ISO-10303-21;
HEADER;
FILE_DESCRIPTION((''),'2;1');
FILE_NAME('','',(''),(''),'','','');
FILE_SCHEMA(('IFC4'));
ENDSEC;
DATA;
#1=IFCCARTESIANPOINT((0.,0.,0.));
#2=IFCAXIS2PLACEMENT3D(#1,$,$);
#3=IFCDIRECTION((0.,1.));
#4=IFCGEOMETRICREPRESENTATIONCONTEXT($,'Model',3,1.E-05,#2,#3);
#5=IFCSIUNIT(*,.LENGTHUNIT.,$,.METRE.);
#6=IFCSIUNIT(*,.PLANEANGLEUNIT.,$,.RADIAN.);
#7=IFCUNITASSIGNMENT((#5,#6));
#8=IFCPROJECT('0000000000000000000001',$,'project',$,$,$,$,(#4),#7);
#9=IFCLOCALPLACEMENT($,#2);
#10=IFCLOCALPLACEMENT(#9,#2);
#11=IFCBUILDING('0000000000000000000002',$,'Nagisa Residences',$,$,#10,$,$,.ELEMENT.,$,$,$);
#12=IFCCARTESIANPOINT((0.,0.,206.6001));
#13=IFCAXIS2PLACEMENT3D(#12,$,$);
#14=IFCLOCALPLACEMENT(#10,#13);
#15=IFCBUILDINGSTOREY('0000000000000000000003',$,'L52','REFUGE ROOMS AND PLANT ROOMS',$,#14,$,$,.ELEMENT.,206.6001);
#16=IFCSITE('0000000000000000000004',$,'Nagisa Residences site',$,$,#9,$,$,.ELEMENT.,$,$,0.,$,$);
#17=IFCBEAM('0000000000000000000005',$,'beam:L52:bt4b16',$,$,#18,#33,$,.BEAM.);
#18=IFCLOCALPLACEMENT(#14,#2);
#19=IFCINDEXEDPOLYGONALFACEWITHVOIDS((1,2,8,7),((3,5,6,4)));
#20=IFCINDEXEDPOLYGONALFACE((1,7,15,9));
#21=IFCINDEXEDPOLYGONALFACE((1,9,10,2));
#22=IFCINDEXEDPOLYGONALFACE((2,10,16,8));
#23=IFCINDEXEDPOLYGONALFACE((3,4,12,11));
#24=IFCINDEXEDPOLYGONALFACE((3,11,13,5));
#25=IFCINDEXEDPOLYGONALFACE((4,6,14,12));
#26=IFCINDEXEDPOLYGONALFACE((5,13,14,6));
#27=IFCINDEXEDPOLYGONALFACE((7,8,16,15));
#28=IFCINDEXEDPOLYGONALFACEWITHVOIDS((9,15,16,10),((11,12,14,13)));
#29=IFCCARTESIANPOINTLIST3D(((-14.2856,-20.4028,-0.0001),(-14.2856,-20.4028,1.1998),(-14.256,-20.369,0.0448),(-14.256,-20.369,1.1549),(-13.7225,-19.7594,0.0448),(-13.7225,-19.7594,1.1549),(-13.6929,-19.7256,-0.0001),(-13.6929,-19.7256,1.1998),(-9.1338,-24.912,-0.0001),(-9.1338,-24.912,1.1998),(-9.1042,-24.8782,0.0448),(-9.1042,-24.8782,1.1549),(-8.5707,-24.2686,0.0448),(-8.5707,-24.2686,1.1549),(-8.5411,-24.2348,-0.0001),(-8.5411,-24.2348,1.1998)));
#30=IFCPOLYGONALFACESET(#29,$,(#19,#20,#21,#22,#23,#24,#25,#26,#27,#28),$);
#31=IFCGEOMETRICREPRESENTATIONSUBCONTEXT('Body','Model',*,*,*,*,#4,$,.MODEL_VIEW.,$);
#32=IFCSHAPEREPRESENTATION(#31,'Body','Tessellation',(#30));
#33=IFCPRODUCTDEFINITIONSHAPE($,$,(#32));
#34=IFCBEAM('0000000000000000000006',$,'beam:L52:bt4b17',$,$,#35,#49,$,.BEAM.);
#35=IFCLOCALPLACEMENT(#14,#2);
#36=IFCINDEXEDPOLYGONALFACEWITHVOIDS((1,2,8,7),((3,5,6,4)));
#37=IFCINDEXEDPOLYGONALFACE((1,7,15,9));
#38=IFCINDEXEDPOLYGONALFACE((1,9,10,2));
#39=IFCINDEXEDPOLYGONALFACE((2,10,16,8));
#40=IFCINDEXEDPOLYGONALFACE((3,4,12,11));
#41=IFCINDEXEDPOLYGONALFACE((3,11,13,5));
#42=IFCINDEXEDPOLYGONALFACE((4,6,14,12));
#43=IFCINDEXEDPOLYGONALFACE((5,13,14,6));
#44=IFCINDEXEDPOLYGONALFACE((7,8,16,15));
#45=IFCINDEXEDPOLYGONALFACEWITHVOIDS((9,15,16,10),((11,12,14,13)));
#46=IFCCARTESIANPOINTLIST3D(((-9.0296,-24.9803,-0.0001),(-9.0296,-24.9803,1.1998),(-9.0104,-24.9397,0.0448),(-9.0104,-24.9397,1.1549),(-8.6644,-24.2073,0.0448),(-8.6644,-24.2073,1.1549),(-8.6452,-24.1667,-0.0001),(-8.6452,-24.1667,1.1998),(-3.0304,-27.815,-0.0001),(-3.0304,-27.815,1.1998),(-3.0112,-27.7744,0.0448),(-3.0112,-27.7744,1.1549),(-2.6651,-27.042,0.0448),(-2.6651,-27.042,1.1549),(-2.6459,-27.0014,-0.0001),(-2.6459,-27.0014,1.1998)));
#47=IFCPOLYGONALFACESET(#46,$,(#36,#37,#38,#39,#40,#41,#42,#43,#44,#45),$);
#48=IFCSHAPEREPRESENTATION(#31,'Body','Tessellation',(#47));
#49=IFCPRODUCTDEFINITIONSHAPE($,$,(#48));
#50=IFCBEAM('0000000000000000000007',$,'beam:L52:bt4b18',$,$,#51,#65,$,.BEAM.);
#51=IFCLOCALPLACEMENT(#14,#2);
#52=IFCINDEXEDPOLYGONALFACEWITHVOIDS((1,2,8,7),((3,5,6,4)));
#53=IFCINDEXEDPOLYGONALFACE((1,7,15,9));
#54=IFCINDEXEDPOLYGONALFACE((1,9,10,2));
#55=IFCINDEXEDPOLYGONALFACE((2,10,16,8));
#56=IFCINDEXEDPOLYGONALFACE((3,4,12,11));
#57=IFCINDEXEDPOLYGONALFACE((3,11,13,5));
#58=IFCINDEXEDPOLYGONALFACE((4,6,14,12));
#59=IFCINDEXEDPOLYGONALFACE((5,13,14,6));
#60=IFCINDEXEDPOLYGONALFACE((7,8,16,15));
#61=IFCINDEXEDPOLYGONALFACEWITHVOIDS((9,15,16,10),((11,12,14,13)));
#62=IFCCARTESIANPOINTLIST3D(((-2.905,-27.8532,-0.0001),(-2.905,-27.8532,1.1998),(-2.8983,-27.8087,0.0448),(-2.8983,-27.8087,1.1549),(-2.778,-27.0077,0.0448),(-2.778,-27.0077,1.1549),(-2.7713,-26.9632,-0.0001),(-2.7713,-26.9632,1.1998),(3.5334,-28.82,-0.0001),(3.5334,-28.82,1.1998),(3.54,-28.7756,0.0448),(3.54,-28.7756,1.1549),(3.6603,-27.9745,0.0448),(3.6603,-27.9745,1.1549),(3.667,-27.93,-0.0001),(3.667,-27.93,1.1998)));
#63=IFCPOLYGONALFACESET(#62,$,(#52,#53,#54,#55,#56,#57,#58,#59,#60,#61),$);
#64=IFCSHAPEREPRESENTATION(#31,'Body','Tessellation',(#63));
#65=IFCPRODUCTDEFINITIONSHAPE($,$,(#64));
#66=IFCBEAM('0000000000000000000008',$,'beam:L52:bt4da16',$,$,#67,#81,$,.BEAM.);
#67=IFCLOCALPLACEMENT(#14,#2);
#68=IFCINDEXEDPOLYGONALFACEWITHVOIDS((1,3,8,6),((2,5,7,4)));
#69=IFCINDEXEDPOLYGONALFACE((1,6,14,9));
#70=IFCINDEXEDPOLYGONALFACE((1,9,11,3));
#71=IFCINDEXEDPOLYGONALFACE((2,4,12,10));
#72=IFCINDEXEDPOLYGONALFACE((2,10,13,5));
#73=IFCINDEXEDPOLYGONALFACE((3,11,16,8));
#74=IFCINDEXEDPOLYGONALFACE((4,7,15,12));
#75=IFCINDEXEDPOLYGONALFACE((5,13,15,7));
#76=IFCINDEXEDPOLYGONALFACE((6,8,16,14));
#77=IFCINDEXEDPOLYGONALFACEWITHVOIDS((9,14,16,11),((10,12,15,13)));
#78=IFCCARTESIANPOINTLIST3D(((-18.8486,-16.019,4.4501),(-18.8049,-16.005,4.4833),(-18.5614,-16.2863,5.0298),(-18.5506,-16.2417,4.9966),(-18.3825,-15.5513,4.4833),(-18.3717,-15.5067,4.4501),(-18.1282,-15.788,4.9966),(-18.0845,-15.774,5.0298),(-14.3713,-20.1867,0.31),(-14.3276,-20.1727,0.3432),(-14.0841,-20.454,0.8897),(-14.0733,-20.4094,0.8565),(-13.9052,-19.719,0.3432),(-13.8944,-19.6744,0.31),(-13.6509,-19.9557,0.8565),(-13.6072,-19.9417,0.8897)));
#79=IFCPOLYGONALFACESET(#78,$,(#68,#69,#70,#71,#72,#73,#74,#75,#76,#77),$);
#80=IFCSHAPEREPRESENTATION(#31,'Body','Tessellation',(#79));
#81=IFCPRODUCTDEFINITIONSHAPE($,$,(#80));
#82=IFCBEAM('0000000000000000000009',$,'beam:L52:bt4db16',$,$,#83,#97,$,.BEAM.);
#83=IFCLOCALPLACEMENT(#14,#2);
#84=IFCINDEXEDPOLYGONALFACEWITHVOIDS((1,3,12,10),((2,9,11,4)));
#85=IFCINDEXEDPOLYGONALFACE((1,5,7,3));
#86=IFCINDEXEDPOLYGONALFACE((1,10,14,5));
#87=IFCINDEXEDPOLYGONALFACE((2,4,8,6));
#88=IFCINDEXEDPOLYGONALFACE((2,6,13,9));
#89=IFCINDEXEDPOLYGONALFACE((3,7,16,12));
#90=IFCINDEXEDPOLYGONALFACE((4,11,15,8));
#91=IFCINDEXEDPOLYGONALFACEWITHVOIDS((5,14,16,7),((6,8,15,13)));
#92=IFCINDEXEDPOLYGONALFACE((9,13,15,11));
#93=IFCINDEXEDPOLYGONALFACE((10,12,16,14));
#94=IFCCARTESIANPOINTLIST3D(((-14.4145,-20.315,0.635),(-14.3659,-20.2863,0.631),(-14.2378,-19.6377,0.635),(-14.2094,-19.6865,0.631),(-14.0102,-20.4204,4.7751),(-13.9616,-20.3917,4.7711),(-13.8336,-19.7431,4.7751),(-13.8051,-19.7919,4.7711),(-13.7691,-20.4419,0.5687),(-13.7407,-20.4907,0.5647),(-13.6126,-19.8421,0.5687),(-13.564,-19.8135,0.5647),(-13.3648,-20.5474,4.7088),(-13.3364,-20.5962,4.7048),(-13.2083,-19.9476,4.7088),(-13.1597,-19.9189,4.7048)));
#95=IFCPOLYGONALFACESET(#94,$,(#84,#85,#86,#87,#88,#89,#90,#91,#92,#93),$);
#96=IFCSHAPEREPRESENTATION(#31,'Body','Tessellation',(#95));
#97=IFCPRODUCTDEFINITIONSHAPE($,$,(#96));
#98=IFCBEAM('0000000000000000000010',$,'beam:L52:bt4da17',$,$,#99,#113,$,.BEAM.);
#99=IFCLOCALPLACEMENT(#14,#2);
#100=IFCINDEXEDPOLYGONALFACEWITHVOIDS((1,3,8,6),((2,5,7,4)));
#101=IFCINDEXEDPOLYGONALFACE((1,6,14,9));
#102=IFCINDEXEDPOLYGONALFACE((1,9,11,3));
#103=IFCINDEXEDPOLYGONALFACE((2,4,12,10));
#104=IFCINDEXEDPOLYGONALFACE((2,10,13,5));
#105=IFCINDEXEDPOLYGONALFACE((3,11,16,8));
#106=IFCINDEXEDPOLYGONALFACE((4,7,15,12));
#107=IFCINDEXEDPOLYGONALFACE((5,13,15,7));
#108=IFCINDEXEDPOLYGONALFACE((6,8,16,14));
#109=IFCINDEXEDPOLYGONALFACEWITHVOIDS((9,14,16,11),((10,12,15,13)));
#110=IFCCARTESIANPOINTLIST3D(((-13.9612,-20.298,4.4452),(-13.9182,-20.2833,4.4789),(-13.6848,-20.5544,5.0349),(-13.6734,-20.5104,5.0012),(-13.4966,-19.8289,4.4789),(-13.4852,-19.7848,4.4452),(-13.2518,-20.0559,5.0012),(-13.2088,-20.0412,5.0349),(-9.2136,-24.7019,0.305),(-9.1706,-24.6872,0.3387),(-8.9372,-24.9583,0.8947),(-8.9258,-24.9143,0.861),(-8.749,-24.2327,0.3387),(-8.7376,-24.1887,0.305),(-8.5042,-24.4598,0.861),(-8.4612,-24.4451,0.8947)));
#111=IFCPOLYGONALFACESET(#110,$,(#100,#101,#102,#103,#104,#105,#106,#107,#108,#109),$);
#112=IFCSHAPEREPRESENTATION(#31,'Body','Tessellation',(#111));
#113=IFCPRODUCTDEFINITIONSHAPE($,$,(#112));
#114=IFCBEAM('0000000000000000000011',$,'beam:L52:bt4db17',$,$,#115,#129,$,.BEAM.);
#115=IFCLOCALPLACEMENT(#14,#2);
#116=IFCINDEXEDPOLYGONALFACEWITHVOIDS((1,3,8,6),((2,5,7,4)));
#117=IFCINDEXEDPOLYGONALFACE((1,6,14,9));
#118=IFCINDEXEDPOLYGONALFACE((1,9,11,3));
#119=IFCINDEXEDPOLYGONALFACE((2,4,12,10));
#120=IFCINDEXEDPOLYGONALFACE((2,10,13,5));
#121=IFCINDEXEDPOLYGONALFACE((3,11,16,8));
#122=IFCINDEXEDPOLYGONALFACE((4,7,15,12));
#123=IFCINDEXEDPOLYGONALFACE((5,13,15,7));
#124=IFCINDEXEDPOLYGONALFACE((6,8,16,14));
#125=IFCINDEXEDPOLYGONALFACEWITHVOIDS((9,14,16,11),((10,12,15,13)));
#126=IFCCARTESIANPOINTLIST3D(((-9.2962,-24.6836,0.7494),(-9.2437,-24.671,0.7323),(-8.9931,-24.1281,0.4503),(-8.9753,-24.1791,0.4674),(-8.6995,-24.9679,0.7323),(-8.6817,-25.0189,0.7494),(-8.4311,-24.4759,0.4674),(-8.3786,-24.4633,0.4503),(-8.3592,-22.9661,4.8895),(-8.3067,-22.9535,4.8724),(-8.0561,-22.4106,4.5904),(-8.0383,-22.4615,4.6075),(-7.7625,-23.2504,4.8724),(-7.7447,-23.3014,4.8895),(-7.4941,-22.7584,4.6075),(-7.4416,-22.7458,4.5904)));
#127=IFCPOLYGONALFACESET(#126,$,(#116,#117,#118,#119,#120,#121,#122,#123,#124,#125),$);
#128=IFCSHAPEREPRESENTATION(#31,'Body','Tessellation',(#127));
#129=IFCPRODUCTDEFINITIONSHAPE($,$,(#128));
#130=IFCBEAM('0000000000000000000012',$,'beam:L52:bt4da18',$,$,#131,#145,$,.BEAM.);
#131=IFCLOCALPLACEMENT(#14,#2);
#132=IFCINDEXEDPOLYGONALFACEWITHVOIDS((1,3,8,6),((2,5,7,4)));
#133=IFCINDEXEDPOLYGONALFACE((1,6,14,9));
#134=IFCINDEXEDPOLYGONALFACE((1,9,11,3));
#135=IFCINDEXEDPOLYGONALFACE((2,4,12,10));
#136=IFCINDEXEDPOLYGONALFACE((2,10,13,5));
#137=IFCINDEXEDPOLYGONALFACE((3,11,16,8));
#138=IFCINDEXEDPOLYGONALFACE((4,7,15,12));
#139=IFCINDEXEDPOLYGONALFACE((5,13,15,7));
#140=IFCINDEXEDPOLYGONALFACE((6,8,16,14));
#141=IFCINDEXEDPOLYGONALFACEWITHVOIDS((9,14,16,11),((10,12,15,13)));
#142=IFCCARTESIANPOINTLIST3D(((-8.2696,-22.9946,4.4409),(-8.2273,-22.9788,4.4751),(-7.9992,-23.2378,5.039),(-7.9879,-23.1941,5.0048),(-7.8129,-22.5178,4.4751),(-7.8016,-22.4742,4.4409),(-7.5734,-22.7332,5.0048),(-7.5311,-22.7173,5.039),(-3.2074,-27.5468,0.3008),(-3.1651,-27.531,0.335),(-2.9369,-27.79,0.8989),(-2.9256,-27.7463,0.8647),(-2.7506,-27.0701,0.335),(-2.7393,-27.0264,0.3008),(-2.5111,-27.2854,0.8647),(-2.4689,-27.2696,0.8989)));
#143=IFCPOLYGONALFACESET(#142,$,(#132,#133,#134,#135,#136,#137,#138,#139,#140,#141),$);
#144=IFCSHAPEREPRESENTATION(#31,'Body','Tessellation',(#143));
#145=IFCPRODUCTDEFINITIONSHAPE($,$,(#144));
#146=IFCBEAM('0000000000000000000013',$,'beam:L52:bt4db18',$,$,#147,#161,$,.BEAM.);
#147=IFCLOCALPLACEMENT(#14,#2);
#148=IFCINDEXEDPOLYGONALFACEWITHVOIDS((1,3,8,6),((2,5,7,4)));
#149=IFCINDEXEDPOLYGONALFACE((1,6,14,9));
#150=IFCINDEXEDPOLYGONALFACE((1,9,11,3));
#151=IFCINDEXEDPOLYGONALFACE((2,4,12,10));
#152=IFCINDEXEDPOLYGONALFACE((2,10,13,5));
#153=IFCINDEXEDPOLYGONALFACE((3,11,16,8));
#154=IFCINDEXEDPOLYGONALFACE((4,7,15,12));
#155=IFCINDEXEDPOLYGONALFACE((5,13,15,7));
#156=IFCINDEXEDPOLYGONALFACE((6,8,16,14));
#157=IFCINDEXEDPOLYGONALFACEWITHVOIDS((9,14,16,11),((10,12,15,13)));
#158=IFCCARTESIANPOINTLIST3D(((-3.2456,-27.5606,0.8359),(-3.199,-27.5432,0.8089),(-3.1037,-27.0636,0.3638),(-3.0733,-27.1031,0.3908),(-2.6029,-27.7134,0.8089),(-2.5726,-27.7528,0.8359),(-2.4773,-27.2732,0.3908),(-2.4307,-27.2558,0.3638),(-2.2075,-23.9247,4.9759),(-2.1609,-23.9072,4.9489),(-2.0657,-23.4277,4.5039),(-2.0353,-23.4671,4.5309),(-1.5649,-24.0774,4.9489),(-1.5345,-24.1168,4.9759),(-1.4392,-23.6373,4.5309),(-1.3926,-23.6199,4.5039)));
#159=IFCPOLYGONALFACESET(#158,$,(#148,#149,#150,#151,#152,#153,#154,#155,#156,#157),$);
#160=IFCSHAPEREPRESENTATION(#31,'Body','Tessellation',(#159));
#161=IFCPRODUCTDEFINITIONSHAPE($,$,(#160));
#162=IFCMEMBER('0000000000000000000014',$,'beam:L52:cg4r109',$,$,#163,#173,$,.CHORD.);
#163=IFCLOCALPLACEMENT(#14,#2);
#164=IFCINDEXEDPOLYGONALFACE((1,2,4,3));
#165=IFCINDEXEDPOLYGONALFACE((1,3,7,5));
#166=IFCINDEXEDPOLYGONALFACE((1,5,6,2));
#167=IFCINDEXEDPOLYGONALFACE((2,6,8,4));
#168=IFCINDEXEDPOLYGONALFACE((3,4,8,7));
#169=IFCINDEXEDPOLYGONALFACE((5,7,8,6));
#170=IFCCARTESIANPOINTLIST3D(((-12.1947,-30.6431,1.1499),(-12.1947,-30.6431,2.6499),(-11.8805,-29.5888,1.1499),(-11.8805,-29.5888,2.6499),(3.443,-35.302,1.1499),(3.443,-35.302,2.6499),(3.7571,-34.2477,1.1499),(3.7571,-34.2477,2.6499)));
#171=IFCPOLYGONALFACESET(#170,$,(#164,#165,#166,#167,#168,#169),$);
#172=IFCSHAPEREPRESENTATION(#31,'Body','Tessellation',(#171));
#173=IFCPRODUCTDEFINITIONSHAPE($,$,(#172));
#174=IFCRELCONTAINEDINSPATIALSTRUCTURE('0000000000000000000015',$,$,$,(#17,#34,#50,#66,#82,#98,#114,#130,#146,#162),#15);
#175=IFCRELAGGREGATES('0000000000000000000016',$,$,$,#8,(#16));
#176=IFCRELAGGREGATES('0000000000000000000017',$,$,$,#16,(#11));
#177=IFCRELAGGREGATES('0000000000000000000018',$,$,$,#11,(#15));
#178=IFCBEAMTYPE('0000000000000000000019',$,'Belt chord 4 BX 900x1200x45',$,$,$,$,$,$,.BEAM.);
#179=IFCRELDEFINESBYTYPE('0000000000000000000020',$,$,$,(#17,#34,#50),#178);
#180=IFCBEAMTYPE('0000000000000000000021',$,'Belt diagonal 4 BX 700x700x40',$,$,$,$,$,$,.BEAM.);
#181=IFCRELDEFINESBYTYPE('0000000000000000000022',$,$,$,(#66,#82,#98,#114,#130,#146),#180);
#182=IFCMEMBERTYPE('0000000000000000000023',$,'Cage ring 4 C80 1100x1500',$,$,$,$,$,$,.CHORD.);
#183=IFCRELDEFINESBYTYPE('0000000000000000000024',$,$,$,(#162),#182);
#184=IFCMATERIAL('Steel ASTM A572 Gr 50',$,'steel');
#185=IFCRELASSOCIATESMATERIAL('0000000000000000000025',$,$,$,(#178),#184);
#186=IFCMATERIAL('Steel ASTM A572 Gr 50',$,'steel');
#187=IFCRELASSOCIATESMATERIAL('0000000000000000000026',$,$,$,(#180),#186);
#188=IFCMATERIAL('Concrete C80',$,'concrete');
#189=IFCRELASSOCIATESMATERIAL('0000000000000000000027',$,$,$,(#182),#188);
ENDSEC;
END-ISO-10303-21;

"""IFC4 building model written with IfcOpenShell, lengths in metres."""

from ifc_helpers import new_model, si_unit, direction, frame, origin, origin_2d, place, context, subcontext, project, spatial, rectangle, hollow_rectangle, extrude, material, material_profile, profile_set, type_object, element, save


model = new_model("IFC4")

# Units and contexts
model_context = context("Model", 3, precision=1e-05, world=origin(), true_north=direction((0.0, 1.0)))
body_context = subcontext(model_context, "Body", "Model", "MODEL_VIEW")
ifc_project = project(units=[si_unit("LENGTHUNIT", "METRE"), si_unit("PLANEANGLEUNIT", "RADIAN")], contexts=[model_context])

# Site, building, storey
site_placement = place(None, origin())
site = spatial("IfcSite", under=ifc_project, at=site_placement, Name="Nagisa Residences site", CompositionType="ELEMENT", RefElevation=0.0)
building_placement = place(site_placement, origin())
building = spatial("IfcBuilding", under=site, at=building_placement, Name="Nagisa Residences", CompositionType="ELEMENT")
storey_placement = place(building_placement, frame((0.0, 0.0, 206.6001)))
storey = spatial("IfcBuildingStorey", under=building, at=storey_placement, Name="L52", Description="REFUGE ROOMS AND PLANT ROOMS", CompositionType="ELEMENT", Elevation=206.6001)

# Beams
ifc_material_1 = material(Name="Steel ASTM A572 Gr 50", Category="steel")
ifc_material_profile_1 = material_profile(ifc_material_1, hollow_rectangle(XDim=0.8999, YDim=1.2, WallThickness=0.0449, at=origin_2d()), Name="BX 900x1200x45")
ifc_profile_set_1 = profile_set([ifc_material_profile_1], Name="Steel ASTM A572 Gr 50")
beam_type_1 = type_object("IfcBeamType", Name="Belt chord 4 BX 900x1200x45", PredefinedType="BEAM", material=ifc_profile_set_1)
beam_1_placement = place(storey_placement, frame((-13.9893, -20.0642, 0.5999), z_axis=(0.752475, -0.658621, 0.0), x_axis=(0.658621, 0.752475, 0.0)))
element("IfcBeam", 1, at=beam_1_placement, inside=storey, type_object=beam_type_1, Name="beam:L52:bt4b16", PredefinedType="BEAM", context=body_context, shape_type="SweptSolid", body=[
    extrude(hollow_rectangle(XDim=0.8999, YDim=1.2, WallThickness=0.0449, at=origin_2d()), origin(), (0.0, 0.0, 1.0), 6.8464),
])
beam_2_placement = place(storey_placement, frame((-8.8374, -24.5735, 0.5999), z_axis=(0.904148, -0.427219, 0.0), x_axis=(0.427219, 0.904148, 0.0)))
element("IfcBeam", 2, at=beam_2_placement, inside=storey, type_object=beam_type_1, Name="beam:L52:bt4b17", PredefinedType="BEAM", context=body_context, shape_type="SweptSolid", body=[
    extrude(hollow_rectangle(XDim=0.8999, YDim=1.2, WallThickness=0.0449, at=origin_2d()), origin(), (0.0, 0.0, 1.0), 6.6353),
])
beam_3_placement = place(storey_placement, frame((-2.8381, -27.4082, 0.5999), z_axis=(0.988912, -0.1485, 0.0), x_axis=(0.1485, 0.988912, 0.0)))
element("IfcBeam", 3, at=beam_3_placement, inside=storey, type_object=beam_type_1, Name="beam:L52:bt4b18", PredefinedType="BEAM", context=body_context, shape_type="SweptSolid", body=[
    extrude(hollow_rectangle(XDim=0.8999, YDim=1.2, WallThickness=0.0449, at=origin_2d()), origin(), (0.0, 0.0, 1.0), 6.5105),
])
ifc_material_2 = material(Name="Steel ASTM A572 Gr 50", Category="steel")
ifc_material_profile_2 = material_profile(ifc_material_2, hollow_rectangle(XDim=0.7, YDim=0.7, WallThickness=0.04, at=origin_2d()), Name="BX 700x700x40")
ifc_profile_set_2 = profile_set([ifc_material_profile_2], Name="Steel ASTM A572 Gr 50")
beam_type_2 = type_object("IfcBeamType", Name="Belt diagonal 4 BX 700x700x40", PredefinedType="BEAM", material=ifc_profile_set_2)
beam_4_placement = place(storey_placement, frame((-13.9893, -20.0642, 0.5999), z_axis=(-0.606165, 0.564254, 0.560519), x_axis=(-0.681349, -0.731958, 0.0)))
element("IfcBeam", 4, at=beam_4_placement, inside=storey, type_object=beam_type_2, Name="beam:L52:bt4da16", PredefinedType="BEAM", context=body_context, shape_type="SweptSolid", body=[
    extrude(hollow_rectangle(XDim=0.7, YDim=0.7, WallThickness=0.04, at=origin_2d()), origin(), (0.0, 0.0, 1.0), 7.3862),
])
beam_5_placement = place(storey_placement, frame((-13.9893, -20.0642, 0.5999), z_axis=(0.097159, -0.025346, 0.994946), x_axis=(0.252422, 0.967617, 0.0)))
element("IfcBeam", 5, at=beam_5_placement, inside=storey, type_object=beam_type_2, Name="beam:L52:bt4db16", PredefinedType="BEAM", context=body_context, shape_type="SweptSolid", body=[
    extrude(hollow_rectangle(XDim=0.7, YDim=0.7, WallThickness=0.04, at=origin_2d()), origin(), (0.0, 0.0, 1.0), 4.1611),
])
beam_6_placement = place(storey_placement, frame((-8.8374, -24.5735, 0.5999), z_axis=(-0.617694, 0.57297, 0.538664), x_axis=(-0.680066, -0.733151, 0.0)))
element("IfcBeam", 6, at=beam_6_placement, inside=storey, type_object=beam_type_2, Name="beam:L52:bt4da17", PredefinedType="BEAM", context=body_context, shape_type="SweptSolid", body=[
    extrude(hollow_rectangle(XDim=0.7, YDim=0.7, WallThickness=0.04, at=origin_2d()), origin(), (0.0, 0.0, 1.0), 7.686),
])
beam_7_placement = place(storey_placement, frame((-8.8374, -24.5735, 0.5999), z_axis=(0.204626, 0.375076, 0.904127), x_axis=(-0.877857, 0.478922, 0.0)))
element("IfcBeam", 7, at=beam_7_placement, inside=storey, type_object=beam_type_2, Name="beam:L52:bt4db17", PredefinedType="BEAM", context=body_context, shape_type="SweptSolid", body=[
    extrude(hollow_rectangle(XDim=0.7, YDim=0.7, WallThickness=0.04, at=origin_2d()), origin(), (0.0, 0.0, 1.0), 4.5791),
])
beam_8_placement = place(storey_placement, frame((-2.8381, -27.4082, 0.5999), z_axis=(-0.635318, 0.571311, 0.519591), x_axis=(-0.668658, -0.74357, 0.0)))
element("IfcBeam", 8, at=beam_8_placement, inside=storey, type_object=beam_type_2, Name="beam:L52:bt4da18", PredefinedType="BEAM", context=body_context, shape_type="SweptSolid", body=[
    extrude(hollow_rectangle(XDim=0.7, YDim=0.7, WallThickness=0.04, at=origin_2d()), origin(), (0.0, 0.0, 1.0), 7.968),
])
beam_9_placement = place(storey_placement, frame((-2.8381, -27.4082, 0.5999), z_axis=(0.18514, 0.64847, 0.738384), x_axis=(-0.961578, 0.274534, 0.0)))
element("IfcBeam", 9, at=beam_9_placement, inside=storey, type_object=beam_type_2, Name="beam:L52:bt4db18", PredefinedType="BEAM", context=body_context, shape_type="SweptSolid", body=[
    extrude(hollow_rectangle(XDim=0.7, YDim=0.7, WallThickness=0.04, at=origin_2d()), origin(), (0.0, 0.0, 1.0), 5.6069),
])

# Member
ifc_material_3 = material(Name="Concrete C80", Category="concrete")
ifc_material_profile_3 = material_profile(ifc_material_3, rectangle(XDim=1.1001, YDim=1.5, at=origin_2d()), Name="C80 1100x1500")
ifc_profile_set_3 = profile_set([ifc_material_profile_3], Name="Concrete C80")
member_type_1 = type_object("IfcMemberType", Name="Cage ring 4 C80 1100x1500", PredefinedType="CHORD", material=ifc_profile_set_3)
member_1_placement = place(storey_placement, frame((-12.0376, -30.116, 1.8999), z_axis=(0.958371, -0.285527, 0.0), x_axis=(0.285527, 0.958371, 0.0)))
element("IfcMember", 10, at=member_1_placement, inside=storey, type_object=member_type_1, Name="beam:L52:cg4r109", PredefinedType="CHORD", context=body_context, shape_type="SweptSolid", body=[
    extrude(rectangle(XDim=1.1001, YDim=1.5, at=origin_2d()), origin(), (0.0, 0.0, 1.0), 16.3169),
])

save(model, "model.ifc")
